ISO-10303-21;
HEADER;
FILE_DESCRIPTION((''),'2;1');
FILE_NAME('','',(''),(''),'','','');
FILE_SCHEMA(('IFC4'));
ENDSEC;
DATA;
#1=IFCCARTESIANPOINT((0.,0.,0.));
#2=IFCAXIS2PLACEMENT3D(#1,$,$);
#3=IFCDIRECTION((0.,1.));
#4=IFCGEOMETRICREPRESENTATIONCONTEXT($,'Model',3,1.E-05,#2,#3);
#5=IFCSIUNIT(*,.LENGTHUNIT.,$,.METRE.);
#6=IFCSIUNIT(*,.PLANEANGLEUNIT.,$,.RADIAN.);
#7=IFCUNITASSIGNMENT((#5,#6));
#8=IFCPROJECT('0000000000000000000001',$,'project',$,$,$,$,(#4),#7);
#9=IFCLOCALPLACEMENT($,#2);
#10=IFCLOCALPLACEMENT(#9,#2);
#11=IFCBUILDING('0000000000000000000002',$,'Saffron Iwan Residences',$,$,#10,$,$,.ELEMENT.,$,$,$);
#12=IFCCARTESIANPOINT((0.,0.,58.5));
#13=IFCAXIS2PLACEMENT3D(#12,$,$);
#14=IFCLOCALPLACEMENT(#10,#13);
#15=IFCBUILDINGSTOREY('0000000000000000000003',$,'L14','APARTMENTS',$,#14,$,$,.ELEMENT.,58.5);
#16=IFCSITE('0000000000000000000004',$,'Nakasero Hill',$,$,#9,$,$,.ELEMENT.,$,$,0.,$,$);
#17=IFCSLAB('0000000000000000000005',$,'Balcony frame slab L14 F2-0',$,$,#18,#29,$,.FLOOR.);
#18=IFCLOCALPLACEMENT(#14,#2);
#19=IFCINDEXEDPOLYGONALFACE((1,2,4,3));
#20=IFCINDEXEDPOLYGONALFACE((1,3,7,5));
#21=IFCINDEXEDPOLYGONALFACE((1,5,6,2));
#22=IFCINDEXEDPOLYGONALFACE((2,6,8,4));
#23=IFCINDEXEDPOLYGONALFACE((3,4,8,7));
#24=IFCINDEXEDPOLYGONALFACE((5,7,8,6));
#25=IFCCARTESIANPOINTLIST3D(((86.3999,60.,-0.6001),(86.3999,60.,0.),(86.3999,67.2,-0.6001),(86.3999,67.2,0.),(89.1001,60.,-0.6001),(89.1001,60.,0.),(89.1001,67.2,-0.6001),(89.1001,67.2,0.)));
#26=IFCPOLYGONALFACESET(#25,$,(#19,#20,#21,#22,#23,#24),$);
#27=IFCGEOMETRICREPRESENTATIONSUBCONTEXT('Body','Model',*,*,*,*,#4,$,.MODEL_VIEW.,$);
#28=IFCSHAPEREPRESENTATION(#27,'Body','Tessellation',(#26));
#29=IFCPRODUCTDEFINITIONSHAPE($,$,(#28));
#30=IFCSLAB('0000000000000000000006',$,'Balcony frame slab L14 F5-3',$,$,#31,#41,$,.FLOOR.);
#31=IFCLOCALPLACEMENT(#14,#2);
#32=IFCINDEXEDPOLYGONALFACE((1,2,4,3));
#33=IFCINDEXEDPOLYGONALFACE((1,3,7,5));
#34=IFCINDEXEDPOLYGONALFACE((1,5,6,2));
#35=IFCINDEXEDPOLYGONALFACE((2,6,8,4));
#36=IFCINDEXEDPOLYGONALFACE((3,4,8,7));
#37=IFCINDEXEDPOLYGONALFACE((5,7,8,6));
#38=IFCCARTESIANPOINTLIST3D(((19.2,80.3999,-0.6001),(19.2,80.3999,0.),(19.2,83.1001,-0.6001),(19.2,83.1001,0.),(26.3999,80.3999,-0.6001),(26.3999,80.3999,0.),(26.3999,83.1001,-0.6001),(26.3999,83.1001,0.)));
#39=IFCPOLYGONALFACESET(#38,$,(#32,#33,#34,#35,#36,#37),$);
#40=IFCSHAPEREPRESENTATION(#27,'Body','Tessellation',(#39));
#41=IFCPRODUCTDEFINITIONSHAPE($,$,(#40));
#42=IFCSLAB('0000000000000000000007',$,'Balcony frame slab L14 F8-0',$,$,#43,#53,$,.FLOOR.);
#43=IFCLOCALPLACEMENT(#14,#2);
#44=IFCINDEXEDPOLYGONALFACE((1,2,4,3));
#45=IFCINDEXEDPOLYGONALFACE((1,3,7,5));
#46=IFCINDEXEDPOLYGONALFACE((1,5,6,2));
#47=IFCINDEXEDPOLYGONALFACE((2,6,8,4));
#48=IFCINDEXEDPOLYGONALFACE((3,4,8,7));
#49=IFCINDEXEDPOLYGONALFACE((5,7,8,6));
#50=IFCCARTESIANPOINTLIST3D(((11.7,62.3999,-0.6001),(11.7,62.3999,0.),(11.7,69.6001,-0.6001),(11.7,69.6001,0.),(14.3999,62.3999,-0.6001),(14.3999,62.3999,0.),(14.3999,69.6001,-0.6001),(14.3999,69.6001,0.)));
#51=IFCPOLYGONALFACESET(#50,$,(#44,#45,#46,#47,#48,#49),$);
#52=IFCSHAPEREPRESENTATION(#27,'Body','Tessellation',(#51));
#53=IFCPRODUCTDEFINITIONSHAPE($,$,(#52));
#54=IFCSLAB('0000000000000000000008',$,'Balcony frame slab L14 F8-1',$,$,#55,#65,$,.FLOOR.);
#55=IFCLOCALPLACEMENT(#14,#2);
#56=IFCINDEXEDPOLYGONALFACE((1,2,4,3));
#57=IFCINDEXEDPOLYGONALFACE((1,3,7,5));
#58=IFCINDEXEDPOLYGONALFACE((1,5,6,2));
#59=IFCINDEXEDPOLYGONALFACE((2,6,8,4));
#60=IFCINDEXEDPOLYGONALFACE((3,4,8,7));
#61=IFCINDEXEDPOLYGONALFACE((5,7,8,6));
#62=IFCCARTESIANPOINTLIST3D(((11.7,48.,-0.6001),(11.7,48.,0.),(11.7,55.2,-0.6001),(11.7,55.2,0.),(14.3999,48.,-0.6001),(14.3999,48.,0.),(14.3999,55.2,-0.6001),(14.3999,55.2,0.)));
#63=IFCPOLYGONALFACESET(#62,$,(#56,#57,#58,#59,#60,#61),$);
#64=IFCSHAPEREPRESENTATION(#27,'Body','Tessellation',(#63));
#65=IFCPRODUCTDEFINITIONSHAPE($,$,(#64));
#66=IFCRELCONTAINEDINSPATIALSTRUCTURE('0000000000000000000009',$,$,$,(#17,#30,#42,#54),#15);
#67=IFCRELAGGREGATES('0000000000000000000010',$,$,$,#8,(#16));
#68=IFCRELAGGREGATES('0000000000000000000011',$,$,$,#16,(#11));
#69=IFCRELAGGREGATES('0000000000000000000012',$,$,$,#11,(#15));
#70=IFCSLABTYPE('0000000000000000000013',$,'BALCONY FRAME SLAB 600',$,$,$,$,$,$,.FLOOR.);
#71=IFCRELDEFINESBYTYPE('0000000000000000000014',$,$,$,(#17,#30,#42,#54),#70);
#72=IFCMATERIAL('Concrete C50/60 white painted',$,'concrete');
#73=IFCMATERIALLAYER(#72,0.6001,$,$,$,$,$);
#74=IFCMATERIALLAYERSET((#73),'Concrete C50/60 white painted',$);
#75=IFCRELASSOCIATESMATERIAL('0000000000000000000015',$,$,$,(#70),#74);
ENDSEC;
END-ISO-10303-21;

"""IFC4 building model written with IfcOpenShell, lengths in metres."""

from ifc_helpers import new_model, si_unit, direction, frame, origin, place, context, subcontext, project, spatial, polyline, outline, extrude, material, layer, layer_set, type_object, element, save


model = new_model("IFC4")

# Units and contexts
model_context = context("Model", 3, precision=1e-05, world=origin(), true_north=direction((0.0, 1.0)))
body_context = subcontext(model_context, "Body", "Model", "MODEL_VIEW")
ifc_project = project(units=[si_unit("LENGTHUNIT", "METRE"), si_unit("PLANEANGLEUNIT", "RADIAN")], contexts=[model_context])

# Site, building, storey
site_placement = place(None, origin())
site = spatial("IfcSite", under=ifc_project, at=site_placement, Name="Nakasero Hill", CompositionType="ELEMENT", RefElevation=0.0)
building_placement = place(site_placement, origin())
building = spatial("IfcBuilding", under=site, at=building_placement, Name="Saffron Iwan Residences", CompositionType="ELEMENT")
storey_placement = place(building_placement, frame((0.0, 0.0, 58.5)))
storey = spatial("IfcBuildingStorey", under=building, at=storey_placement, Name="L14", Description="APARTMENTS", CompositionType="ELEMENT", Elevation=58.5)

# Slabs
ifc_material_1 = material(Name="Concrete C50/60 white painted", Category="concrete")
ifc_layer_1 = layer(ifc_material_1, 0.6001)
ifc_layer_set_1 = layer_set([ifc_layer_1], Name="Concrete C50/60 white painted")
slab_type_1 = type_object("IfcSlabType", Name="BALCONY FRAME SLAB 600", PredefinedType="FLOOR", material=ifc_layer_set_1)
slab_1_placement = place(storey_placement, frame((0.0, 0.0, -0.6001)))
element("IfcSlab", 1, at=slab_1_placement, inside=storey, type_object=slab_type_1, Name="Balcony frame slab L14 F2-0", PredefinedType="FLOOR", context=body_context, shape_type="SweptSolid", body=[
    extrude(outline(polyline([(89.1001, 60.0), (89.1001, 67.2), (86.3999, 67.2), (86.3999, 60.0), (89.1001, 60.0)])), origin(), (0.0, 0.0, 1.0), 0.6001),
])
slab_2_placement = place(storey_placement, frame((0.0, 0.0, -0.6001)))
element("IfcSlab", 2, at=slab_2_placement, inside=storey, type_object=slab_type_1, Name="Balcony frame slab L14 F5-3", PredefinedType="FLOOR", context=body_context, shape_type="SweptSolid", body=[
    extrude(outline(polyline([(26.3999, 83.1001), (19.2, 83.1001), (19.2, 80.3999), (26.3999, 80.3999), (26.3999, 83.1001)])), origin(), (0.0, 0.0, 1.0), 0.6001),
])
slab_3_placement = place(storey_placement, frame((0.0, 0.0, -0.6001)))
element("IfcSlab", 3, at=slab_3_placement, inside=storey, type_object=slab_type_1, Name="Balcony frame slab L14 F8-0", PredefinedType="FLOOR", context=body_context, shape_type="SweptSolid", body=[
    extrude(outline(polyline([(11.7, 69.6001), (11.7, 62.3999), (14.3999, 62.3999), (14.3999, 69.6001), (11.7, 69.6001)])), origin(), (0.0, 0.0, 1.0), 0.6001),
])
slab_4_placement = place(storey_placement, frame((0.0, 0.0, -0.6001)))
element("IfcSlab", 4, at=slab_4_placement, inside=storey, type_object=slab_type_1, Name="Balcony frame slab L14 F8-1", PredefinedType="FLOOR", context=body_context, shape_type="SweptSolid", body=[
    extrude(outline(polyline([(11.7, 55.2), (11.7, 48.0), (14.3999, 48.0), (14.3999, 55.2), (11.7, 55.2)])), origin(), (0.0, 0.0, 1.0), 0.6001),
])

save(model, "model.ifc")
